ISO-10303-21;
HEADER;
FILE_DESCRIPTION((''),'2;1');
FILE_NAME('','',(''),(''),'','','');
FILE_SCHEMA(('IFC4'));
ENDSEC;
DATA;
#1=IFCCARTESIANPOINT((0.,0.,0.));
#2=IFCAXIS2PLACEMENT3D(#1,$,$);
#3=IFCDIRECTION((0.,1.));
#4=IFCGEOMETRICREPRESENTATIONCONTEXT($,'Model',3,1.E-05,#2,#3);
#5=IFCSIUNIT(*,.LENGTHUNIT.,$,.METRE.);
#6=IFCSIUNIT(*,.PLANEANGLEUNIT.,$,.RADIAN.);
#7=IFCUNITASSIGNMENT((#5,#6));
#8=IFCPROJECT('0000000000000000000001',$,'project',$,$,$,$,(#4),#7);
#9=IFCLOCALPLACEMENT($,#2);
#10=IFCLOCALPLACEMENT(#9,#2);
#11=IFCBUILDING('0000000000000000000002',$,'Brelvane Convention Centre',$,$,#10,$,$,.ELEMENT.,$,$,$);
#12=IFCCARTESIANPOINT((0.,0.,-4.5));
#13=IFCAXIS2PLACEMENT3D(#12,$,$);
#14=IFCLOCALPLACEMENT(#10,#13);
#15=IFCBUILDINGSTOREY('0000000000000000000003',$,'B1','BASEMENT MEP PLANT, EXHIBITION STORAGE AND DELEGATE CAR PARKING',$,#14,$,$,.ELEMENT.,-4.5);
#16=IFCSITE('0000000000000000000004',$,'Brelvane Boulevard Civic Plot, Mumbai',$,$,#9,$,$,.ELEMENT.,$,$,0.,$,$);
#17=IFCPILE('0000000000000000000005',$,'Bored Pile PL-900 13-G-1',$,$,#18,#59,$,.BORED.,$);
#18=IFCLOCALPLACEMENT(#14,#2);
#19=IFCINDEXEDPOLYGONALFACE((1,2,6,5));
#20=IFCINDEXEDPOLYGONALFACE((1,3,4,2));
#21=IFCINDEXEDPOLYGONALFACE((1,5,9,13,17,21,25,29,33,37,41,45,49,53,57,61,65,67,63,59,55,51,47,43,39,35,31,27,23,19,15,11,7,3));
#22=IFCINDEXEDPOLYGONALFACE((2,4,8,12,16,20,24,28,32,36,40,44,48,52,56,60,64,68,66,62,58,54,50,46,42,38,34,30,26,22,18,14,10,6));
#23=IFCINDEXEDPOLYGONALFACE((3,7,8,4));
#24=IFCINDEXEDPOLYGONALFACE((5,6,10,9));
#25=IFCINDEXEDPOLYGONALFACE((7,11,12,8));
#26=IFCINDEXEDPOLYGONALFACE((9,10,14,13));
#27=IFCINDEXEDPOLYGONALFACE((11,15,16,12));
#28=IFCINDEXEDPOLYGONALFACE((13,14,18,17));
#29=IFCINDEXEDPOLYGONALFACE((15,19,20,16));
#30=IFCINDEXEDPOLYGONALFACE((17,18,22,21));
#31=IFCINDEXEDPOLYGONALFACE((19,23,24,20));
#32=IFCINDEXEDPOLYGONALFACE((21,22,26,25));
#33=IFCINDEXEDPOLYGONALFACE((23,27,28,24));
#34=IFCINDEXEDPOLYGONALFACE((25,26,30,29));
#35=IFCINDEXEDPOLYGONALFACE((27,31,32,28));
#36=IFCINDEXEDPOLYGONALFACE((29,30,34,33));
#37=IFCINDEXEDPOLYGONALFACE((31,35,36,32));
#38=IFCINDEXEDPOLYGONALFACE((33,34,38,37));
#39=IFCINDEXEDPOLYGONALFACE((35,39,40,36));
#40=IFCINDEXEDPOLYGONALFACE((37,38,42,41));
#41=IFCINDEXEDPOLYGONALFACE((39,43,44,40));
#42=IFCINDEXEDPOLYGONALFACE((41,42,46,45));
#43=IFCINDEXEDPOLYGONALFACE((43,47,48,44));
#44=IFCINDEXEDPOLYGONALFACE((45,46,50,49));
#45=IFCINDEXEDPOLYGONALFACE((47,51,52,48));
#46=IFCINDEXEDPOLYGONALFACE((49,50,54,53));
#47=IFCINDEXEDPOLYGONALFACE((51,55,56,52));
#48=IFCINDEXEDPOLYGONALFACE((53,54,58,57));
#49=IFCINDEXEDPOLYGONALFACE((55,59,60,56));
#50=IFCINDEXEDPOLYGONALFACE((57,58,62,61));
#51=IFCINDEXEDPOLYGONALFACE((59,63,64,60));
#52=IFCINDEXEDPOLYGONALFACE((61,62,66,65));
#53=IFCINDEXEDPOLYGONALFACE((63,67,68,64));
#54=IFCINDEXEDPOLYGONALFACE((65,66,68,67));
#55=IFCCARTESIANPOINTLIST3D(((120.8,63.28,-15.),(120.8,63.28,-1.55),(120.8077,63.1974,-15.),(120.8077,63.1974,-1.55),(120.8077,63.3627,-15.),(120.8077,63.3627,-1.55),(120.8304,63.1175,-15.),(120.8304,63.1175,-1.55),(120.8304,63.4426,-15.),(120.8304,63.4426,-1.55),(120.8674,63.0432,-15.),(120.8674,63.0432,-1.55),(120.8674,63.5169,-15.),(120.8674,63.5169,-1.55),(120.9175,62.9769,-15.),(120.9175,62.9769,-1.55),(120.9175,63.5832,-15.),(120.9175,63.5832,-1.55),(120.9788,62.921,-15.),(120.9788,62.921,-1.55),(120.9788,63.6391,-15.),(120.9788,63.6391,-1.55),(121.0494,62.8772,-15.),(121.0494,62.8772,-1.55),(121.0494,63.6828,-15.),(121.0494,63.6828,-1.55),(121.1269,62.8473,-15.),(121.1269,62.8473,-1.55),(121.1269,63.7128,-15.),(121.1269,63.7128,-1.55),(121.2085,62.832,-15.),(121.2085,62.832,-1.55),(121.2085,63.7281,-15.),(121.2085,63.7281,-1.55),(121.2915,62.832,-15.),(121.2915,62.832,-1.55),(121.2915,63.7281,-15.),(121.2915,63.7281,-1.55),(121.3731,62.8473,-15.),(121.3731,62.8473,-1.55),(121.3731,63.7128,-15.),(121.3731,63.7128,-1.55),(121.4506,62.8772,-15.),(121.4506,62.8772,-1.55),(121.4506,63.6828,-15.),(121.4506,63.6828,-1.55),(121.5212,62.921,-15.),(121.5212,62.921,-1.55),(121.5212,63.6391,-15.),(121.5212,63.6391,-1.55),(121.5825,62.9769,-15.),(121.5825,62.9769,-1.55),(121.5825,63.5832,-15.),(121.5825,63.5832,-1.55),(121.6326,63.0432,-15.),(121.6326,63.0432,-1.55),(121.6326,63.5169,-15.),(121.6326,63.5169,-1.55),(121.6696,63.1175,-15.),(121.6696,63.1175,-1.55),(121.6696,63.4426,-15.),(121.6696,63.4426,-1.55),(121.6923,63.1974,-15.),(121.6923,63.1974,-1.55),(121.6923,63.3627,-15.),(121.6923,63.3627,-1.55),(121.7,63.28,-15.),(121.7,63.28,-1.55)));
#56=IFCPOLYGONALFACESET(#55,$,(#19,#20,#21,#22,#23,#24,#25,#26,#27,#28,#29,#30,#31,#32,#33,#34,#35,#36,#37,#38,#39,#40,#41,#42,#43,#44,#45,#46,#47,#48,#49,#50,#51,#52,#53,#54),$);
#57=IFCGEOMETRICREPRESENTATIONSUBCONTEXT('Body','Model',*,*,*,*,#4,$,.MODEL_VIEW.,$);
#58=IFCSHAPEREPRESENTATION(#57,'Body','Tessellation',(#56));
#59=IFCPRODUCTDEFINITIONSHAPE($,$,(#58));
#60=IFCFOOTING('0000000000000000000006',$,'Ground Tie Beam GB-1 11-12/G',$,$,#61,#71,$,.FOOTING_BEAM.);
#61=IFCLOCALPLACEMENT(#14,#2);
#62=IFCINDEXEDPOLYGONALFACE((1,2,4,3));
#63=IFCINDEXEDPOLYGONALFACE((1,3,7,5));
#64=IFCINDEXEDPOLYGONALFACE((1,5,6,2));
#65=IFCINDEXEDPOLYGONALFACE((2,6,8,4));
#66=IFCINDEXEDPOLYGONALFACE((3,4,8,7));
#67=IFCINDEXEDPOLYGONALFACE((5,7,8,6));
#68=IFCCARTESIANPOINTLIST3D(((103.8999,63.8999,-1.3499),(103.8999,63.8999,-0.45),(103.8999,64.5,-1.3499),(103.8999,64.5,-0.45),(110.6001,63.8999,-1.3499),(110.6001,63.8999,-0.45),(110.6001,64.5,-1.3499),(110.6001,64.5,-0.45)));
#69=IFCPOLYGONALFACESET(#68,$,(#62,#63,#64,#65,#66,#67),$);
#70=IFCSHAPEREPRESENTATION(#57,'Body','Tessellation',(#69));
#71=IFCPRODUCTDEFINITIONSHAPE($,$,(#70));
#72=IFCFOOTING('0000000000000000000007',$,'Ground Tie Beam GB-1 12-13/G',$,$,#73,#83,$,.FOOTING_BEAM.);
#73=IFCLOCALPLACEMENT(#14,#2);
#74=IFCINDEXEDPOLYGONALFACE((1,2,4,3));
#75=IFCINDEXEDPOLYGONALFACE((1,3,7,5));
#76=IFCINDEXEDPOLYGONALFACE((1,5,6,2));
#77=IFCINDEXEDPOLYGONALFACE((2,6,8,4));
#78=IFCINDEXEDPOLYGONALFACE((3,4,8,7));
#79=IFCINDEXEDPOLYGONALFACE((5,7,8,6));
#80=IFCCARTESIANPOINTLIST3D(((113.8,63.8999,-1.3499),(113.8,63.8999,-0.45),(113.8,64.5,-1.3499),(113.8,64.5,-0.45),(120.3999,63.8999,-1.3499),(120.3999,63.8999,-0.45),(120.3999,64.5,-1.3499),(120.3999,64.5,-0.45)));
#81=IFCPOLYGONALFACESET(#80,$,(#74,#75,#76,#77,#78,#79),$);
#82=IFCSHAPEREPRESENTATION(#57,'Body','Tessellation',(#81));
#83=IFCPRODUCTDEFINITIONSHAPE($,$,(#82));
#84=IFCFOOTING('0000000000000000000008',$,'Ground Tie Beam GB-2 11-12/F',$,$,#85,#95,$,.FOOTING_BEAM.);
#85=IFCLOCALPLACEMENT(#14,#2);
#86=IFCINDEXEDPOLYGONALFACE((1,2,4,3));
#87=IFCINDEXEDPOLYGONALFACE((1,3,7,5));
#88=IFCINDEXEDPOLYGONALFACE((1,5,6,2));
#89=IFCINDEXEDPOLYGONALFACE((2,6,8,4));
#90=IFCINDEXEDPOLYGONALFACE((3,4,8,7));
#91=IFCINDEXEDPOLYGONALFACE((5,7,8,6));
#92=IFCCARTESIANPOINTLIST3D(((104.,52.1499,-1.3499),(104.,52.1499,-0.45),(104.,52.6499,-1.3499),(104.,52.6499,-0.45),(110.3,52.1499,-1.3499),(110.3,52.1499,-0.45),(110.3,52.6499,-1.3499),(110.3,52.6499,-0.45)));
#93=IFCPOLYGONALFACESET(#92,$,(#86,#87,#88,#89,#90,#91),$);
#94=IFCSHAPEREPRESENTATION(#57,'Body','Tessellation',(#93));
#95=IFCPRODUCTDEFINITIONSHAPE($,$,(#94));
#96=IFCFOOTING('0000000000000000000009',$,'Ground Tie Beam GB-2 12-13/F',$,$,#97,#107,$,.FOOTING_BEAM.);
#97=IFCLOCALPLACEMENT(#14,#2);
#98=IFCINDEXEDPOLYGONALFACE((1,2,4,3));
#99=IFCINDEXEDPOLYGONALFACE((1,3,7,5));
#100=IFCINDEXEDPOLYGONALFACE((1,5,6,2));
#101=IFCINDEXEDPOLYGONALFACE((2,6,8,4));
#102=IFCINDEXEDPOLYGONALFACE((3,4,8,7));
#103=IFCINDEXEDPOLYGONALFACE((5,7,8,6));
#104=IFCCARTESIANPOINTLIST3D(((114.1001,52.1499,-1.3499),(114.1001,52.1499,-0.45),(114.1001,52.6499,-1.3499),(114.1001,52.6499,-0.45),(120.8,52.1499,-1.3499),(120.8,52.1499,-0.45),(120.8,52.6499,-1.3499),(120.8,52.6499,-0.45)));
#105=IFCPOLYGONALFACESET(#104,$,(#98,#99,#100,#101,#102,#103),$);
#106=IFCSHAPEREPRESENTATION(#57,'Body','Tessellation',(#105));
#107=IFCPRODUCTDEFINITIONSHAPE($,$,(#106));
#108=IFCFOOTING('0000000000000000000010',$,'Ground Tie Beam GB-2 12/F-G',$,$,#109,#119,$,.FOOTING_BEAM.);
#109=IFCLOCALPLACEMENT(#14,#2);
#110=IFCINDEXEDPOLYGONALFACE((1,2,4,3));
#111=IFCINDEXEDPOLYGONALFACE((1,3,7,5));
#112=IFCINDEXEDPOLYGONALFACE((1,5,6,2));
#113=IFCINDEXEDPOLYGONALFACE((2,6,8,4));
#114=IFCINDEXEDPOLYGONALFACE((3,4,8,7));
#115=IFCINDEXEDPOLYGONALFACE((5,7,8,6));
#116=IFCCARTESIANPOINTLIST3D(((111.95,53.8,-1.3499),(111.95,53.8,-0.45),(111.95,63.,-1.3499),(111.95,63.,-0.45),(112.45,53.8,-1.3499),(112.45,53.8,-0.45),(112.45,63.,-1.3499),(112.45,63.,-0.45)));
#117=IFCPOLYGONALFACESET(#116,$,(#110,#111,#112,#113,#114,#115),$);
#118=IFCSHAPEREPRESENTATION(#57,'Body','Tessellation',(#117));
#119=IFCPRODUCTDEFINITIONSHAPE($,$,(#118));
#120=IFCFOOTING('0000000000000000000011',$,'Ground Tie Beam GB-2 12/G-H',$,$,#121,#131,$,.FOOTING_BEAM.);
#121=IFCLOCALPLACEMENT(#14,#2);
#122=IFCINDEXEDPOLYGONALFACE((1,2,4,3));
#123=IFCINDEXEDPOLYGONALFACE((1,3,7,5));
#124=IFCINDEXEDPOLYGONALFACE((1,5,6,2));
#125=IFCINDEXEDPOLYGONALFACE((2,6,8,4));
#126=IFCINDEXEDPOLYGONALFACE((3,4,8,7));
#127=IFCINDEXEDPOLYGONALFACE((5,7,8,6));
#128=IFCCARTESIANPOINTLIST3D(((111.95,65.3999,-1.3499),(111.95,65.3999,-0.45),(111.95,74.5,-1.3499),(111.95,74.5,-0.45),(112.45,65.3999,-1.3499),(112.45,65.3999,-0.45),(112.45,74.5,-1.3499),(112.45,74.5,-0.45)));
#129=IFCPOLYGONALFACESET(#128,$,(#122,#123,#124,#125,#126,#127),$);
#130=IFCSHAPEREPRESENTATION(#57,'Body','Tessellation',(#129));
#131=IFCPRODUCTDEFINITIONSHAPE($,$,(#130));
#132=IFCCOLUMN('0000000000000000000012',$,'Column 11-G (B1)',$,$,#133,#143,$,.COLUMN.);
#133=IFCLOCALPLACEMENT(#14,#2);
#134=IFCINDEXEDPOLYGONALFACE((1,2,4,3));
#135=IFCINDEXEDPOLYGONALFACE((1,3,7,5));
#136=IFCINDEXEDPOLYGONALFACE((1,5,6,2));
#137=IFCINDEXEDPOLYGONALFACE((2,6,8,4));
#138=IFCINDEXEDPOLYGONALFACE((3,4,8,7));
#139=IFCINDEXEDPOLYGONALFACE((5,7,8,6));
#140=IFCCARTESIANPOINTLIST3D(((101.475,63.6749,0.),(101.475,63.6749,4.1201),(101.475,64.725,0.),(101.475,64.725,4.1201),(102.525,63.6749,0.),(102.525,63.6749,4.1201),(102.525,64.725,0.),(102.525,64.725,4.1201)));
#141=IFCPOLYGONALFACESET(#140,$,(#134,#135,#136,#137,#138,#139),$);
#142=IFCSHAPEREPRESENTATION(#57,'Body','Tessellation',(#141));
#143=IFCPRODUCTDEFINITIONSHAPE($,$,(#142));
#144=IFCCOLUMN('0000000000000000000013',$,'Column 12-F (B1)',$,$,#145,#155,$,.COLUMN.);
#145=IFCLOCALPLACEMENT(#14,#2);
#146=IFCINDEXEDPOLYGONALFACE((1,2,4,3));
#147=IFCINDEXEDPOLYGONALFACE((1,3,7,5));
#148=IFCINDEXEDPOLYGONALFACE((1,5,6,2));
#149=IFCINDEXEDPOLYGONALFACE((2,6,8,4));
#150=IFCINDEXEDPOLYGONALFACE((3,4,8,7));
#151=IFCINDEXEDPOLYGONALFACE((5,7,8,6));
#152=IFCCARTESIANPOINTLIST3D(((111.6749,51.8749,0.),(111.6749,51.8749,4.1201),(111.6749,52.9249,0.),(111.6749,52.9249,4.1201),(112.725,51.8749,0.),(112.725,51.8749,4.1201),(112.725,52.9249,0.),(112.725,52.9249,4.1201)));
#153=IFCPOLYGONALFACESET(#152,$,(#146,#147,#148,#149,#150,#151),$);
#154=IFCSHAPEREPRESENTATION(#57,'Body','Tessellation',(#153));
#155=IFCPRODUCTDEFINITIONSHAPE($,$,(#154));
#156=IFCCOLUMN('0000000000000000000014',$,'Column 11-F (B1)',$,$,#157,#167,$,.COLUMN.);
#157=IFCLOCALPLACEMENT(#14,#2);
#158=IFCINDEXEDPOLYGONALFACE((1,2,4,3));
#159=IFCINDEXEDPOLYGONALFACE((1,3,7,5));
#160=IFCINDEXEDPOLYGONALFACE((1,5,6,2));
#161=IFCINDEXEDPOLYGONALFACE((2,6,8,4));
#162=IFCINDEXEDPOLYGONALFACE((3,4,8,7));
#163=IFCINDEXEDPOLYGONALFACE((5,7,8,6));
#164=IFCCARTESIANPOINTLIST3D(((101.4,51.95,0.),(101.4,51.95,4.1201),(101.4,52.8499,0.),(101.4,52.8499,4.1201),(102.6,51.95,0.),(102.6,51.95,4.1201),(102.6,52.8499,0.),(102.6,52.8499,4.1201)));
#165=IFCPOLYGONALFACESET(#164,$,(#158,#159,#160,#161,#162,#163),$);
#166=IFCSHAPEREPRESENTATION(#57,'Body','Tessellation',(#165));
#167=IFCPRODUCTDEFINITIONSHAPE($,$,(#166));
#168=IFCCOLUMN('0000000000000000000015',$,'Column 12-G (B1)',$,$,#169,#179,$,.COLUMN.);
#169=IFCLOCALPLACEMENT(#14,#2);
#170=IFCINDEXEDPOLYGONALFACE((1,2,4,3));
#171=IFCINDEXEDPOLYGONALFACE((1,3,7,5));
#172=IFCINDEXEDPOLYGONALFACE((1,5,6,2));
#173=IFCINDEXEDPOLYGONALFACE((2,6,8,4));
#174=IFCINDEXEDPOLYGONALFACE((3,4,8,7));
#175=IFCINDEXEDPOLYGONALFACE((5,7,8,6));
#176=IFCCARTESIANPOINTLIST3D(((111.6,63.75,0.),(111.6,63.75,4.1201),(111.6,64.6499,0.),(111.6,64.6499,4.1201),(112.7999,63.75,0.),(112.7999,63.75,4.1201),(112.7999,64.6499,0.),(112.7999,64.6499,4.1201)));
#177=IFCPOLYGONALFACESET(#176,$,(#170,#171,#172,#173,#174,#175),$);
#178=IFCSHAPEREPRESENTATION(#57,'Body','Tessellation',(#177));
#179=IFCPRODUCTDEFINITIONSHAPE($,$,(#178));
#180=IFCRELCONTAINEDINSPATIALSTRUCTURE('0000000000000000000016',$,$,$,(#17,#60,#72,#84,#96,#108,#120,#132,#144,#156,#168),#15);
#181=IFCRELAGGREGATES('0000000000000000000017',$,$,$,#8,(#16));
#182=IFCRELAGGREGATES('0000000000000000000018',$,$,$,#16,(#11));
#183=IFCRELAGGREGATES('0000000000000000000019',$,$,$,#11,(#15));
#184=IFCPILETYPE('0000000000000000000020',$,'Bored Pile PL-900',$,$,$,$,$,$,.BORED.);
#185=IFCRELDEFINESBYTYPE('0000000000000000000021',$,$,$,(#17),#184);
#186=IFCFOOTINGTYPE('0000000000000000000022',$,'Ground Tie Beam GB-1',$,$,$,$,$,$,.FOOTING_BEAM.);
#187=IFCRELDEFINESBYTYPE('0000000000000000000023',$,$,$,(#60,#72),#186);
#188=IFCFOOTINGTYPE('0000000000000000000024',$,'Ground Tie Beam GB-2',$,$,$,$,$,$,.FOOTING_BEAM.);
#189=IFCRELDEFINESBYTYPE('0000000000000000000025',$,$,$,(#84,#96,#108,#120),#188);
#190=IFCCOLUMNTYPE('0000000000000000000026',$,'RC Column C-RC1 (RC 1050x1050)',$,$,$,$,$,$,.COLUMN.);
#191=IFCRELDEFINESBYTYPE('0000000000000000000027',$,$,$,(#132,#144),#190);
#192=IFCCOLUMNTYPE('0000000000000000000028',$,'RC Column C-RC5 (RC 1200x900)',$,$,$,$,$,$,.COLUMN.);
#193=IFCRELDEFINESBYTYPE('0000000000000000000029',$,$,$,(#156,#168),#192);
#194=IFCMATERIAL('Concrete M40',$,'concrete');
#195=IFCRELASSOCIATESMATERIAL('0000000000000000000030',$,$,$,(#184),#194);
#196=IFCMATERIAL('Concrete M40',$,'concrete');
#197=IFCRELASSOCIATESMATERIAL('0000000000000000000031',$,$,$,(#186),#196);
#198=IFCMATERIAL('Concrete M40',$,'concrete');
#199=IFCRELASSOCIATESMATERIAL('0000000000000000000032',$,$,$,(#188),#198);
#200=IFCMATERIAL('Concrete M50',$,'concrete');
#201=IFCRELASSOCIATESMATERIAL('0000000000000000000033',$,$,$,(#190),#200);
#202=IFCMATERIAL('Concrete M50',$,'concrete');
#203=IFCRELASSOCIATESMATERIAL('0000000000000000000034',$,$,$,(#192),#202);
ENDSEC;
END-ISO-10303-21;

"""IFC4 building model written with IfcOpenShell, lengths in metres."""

from ifc_helpers import new_model, si_unit, direction, frame, origin, origin_2d, place, context, subcontext, project, spatial, rectangle, circle, extrude, material, material_profile, profile_set, type_object, element, save


model = new_model("IFC4")

# Units and contexts
model_context = context("Model", 3, precision=1e-05, world=origin(), true_north=direction((0.0, 1.0)))
body_context = subcontext(model_context, "Body", "Model", "MODEL_VIEW")
ifc_project = project(units=[si_unit("LENGTHUNIT", "METRE"), si_unit("PLANEANGLEUNIT", "RADIAN")], contexts=[model_context])

# Site, building, storey
site_placement = place(None, origin())
site = spatial("IfcSite", under=ifc_project, at=site_placement, Name="Brelvane Boulevard Civic Plot, Mumbai", CompositionType="ELEMENT", RefElevation=0.0)
building_placement = place(site_placement, origin())
building = spatial("IfcBuilding", under=site, at=building_placement, Name="Brelvane Convention Centre", CompositionType="ELEMENT")
storey_placement = place(building_placement, frame((0.0, 0.0, -4.5)))
storey = spatial("IfcBuildingStorey", under=building, at=storey_placement, Name="B1", Description="BASEMENT MEP PLANT, EXHIBITION STORAGE AND DELEGATE CAR PARKING", CompositionType="ELEMENT", Elevation=-4.5)

# Pile
ifc_material_1 = material(Name="Concrete M40", Category="concrete")
ifc_material_profile_1 = material_profile(ifc_material_1, circle(Radius=0.45, at=origin_2d()), Name="PILE D900")
ifc_profile_set_1 = profile_set([ifc_material_profile_1], Name="Concrete M40")
pile_type = type_object("IfcPileType", Name="Bored Pile PL-900", PredefinedType="BORED", material=ifc_profile_set_1)
for number, where, z_axis, x_axis, name in (
    (1, (121.25, 63.28, -1.55), (0.0, 0.0, -1.0), (1.0, 0.0, 0.0), "Bored Pile PL-900 13-G-1"),
):
    element("IfcPile", number, at=place(storey_placement, frame(where, z_axis=z_axis, x_axis=x_axis)), inside=storey, type_object=pile_type, Name=name, PredefinedType="BORED", context=body_context, shape_type="SweptSolid", body=[
        extrude(circle(Radius=0.45, at=origin_2d()), origin(), (0.0, 0.0, 1.0), 13.45),
    ])

# Footings
ifc_material_2 = material(Name="Concrete M40", Category="concrete")
ifc_material_profile_2 = material_profile(ifc_material_2, rectangle(XDim=0.6001, YDim=0.8999, at=origin_2d()), Name="RC 600x900")
ifc_profile_set_2 = profile_set([ifc_material_profile_2], Name="Concrete M40")
footing_type_1 = type_object("IfcFootingType", Name="Ground Tie Beam GB-1", PredefinedType="FOOTING_BEAM", material=ifc_profile_set_2)
footing_1_placement = place(storey_placement, frame((103.8999, 64.2, -0.8999), z_axis=(1.0, 0.0, 0.0), x_axis=(0.0, 1.0, 0.0)))
element("IfcFooting", 2, at=footing_1_placement, inside=storey, type_object=footing_type_1, Name="Ground Tie Beam GB-1 11-12/G", PredefinedType="FOOTING_BEAM", context=body_context, shape_type="SweptSolid", body=[
    extrude(rectangle(XDim=0.6001, YDim=0.8999, at=origin_2d()), origin(), (0.0, 0.0, 1.0), 6.7002),
])
footing_2_placement = place(storey_placement, frame((113.8, 64.2, -0.8999), z_axis=(1.0, 0.0, 0.0), x_axis=(0.0, 1.0, 0.0)))
element("IfcFooting", 3, at=footing_2_placement, inside=storey, type_object=footing_type_1, Name="Ground Tie Beam GB-1 12-13/G", PredefinedType="FOOTING_BEAM", context=body_context, shape_type="SweptSolid", body=[
    extrude(rectangle(XDim=0.6001, YDim=0.8999, at=origin_2d()), origin(), (0.0, 0.0, 1.0), 6.5999),
])
ifc_material_3 = material(Name="Concrete M40", Category="concrete")
ifc_material_profile_3 = material_profile(ifc_material_3, rectangle(XDim=0.5, YDim=0.8999, at=origin_2d()), Name="RC 500x900")
ifc_profile_set_3 = profile_set([ifc_material_profile_3], Name="Concrete M40")
footing_type_2 = type_object("IfcFootingType", Name="Ground Tie Beam GB-2", PredefinedType="FOOTING_BEAM", material=ifc_profile_set_3)
footing_3_placement = place(storey_placement, frame((104.0, 52.3999, -0.8999), z_axis=(1.0, 0.0, 0.0), x_axis=(0.0, 1.0, 0.0)))
element("IfcFooting", 4, at=footing_3_placement, inside=storey, type_object=footing_type_2, Name="Ground Tie Beam GB-2 11-12/F", PredefinedType="FOOTING_BEAM", context=body_context, shape_type="SweptSolid", body=[
    extrude(rectangle(XDim=0.5, YDim=0.8999, at=origin_2d()), origin(), (0.0, 0.0, 1.0), 6.3),
])
footing_4_placement = place(storey_placement, frame((114.1001, 52.3999, -0.8999), z_axis=(1.0, 0.0, 0.0), x_axis=(0.0, 1.0, 0.0)))
element("IfcFooting", 5, at=footing_4_placement, inside=storey, type_object=footing_type_2, Name="Ground Tie Beam GB-2 12-13/F", PredefinedType="FOOTING_BEAM", context=body_context, shape_type="SweptSolid", body=[
    extrude(rectangle(XDim=0.5, YDim=0.8999, at=origin_2d()), origin(), (0.0, 0.0, 1.0), 6.7),
])
footing_5_placement = place(storey_placement, frame((112.2, 53.8, -0.8999), z_axis=(0.0, 1.0, 0.0), x_axis=(-1.0, 0.0, 0.0)))
element("IfcFooting", 6, at=footing_5_placement, inside=storey, type_object=footing_type_2, Name="Ground Tie Beam GB-2 12/F-G", PredefinedType="FOOTING_BEAM", context=body_context, shape_type="SweptSolid", body=[
    extrude(rectangle(XDim=0.5, YDim=0.8999, at=origin_2d()), origin(), (0.0, 0.0, 1.0), 9.2),
])
footing_6_placement = place(storey_placement, frame((112.2, 65.3999, -0.8999), z_axis=(0.0, 1.0, 0.0), x_axis=(-1.0, 0.0, 0.0)))
element("IfcFooting", 7, at=footing_6_placement, inside=storey, type_object=footing_type_2, Name="Ground Tie Beam GB-2 12/G-H", PredefinedType="FOOTING_BEAM", context=body_context, shape_type="SweptSolid", body=[
    extrude(rectangle(XDim=0.5, YDim=0.8999, at=origin_2d()), origin(), (0.0, 0.0, 1.0), 9.1001),
])

# Columns
ifc_material_4 = material(Name="Concrete M50", Category="concrete")
ifc_material_profile_4 = material_profile(ifc_material_4, rectangle(XDim=1.05, YDim=1.05, at=origin_2d()), Name="RC 1050x1050")
ifc_profile_set_4 = profile_set([ifc_material_profile_4], Name="Concrete M50")
column_type_1 = type_object("IfcColumnType", Name="RC Column C-RC1 (RC 1050x1050)", PredefinedType="COLUMN", material=ifc_profile_set_4)
for number, where, z_axis, x_axis, name in (
    (8, (102.0, 64.2, 0.0), (0.0, 0.0, 1.0), (1.0, 0.0, 0.0), "Column 11-G (B1)"),
    (9, (112.2, 52.3999, 0.0), (0.0, 0.0, 1.0), (1.0, 0.0, 0.0), "Column 12-F (B1)"),
):
    element("IfcColumn", number, at=place(storey_placement, frame(where, z_axis=z_axis, x_axis=x_axis)), inside=storey, type_object=column_type_1, Name=name, PredefinedType="COLUMN", context=body_context, shape_type="SweptSolid", body=[
        extrude(rectangle(XDim=1.05, YDim=1.05, at=origin_2d()), origin(), (0.0, 0.0, 1.0), 4.1201),
    ])
ifc_material_5 = material(Name="Concrete M50", Category="concrete")
ifc_material_profile_5 = material_profile(ifc_material_5, rectangle(XDim=1.2, YDim=0.8999, at=origin_2d()), Name="RC 1200x900")
ifc_profile_set_5 = profile_set([ifc_material_profile_5], Name="Concrete M50")
column_type_2 = type_object("IfcColumnType", Name="RC Column C-RC5 (RC 1200x900)", PredefinedType="COLUMN", material=ifc_profile_set_5)
for number, where, z_axis, x_axis, name in (
    (10, (102.0, 52.3999, 0.0), (0.0, 0.0, 1.0), (1.0, 0.0, 0.0), "Column 11-F (B1)"),
    (11, (112.2, 64.2, 0.0), (0.0, 0.0, 1.0), (1.0, 0.0, 0.0), "Column 12-G (B1)"),
):
    element("IfcColumn", number, at=place(storey_placement, frame(where, z_axis=z_axis, x_axis=x_axis)), inside=storey, type_object=column_type_2, Name=name, PredefinedType="COLUMN", context=body_context, shape_type="SweptSolid", body=[
        extrude(rectangle(XDim=1.2, YDim=0.8999, at=origin_2d()), origin(), (0.0, 0.0, 1.0), 4.1201),
    ])

save(model, "model.ifc")
